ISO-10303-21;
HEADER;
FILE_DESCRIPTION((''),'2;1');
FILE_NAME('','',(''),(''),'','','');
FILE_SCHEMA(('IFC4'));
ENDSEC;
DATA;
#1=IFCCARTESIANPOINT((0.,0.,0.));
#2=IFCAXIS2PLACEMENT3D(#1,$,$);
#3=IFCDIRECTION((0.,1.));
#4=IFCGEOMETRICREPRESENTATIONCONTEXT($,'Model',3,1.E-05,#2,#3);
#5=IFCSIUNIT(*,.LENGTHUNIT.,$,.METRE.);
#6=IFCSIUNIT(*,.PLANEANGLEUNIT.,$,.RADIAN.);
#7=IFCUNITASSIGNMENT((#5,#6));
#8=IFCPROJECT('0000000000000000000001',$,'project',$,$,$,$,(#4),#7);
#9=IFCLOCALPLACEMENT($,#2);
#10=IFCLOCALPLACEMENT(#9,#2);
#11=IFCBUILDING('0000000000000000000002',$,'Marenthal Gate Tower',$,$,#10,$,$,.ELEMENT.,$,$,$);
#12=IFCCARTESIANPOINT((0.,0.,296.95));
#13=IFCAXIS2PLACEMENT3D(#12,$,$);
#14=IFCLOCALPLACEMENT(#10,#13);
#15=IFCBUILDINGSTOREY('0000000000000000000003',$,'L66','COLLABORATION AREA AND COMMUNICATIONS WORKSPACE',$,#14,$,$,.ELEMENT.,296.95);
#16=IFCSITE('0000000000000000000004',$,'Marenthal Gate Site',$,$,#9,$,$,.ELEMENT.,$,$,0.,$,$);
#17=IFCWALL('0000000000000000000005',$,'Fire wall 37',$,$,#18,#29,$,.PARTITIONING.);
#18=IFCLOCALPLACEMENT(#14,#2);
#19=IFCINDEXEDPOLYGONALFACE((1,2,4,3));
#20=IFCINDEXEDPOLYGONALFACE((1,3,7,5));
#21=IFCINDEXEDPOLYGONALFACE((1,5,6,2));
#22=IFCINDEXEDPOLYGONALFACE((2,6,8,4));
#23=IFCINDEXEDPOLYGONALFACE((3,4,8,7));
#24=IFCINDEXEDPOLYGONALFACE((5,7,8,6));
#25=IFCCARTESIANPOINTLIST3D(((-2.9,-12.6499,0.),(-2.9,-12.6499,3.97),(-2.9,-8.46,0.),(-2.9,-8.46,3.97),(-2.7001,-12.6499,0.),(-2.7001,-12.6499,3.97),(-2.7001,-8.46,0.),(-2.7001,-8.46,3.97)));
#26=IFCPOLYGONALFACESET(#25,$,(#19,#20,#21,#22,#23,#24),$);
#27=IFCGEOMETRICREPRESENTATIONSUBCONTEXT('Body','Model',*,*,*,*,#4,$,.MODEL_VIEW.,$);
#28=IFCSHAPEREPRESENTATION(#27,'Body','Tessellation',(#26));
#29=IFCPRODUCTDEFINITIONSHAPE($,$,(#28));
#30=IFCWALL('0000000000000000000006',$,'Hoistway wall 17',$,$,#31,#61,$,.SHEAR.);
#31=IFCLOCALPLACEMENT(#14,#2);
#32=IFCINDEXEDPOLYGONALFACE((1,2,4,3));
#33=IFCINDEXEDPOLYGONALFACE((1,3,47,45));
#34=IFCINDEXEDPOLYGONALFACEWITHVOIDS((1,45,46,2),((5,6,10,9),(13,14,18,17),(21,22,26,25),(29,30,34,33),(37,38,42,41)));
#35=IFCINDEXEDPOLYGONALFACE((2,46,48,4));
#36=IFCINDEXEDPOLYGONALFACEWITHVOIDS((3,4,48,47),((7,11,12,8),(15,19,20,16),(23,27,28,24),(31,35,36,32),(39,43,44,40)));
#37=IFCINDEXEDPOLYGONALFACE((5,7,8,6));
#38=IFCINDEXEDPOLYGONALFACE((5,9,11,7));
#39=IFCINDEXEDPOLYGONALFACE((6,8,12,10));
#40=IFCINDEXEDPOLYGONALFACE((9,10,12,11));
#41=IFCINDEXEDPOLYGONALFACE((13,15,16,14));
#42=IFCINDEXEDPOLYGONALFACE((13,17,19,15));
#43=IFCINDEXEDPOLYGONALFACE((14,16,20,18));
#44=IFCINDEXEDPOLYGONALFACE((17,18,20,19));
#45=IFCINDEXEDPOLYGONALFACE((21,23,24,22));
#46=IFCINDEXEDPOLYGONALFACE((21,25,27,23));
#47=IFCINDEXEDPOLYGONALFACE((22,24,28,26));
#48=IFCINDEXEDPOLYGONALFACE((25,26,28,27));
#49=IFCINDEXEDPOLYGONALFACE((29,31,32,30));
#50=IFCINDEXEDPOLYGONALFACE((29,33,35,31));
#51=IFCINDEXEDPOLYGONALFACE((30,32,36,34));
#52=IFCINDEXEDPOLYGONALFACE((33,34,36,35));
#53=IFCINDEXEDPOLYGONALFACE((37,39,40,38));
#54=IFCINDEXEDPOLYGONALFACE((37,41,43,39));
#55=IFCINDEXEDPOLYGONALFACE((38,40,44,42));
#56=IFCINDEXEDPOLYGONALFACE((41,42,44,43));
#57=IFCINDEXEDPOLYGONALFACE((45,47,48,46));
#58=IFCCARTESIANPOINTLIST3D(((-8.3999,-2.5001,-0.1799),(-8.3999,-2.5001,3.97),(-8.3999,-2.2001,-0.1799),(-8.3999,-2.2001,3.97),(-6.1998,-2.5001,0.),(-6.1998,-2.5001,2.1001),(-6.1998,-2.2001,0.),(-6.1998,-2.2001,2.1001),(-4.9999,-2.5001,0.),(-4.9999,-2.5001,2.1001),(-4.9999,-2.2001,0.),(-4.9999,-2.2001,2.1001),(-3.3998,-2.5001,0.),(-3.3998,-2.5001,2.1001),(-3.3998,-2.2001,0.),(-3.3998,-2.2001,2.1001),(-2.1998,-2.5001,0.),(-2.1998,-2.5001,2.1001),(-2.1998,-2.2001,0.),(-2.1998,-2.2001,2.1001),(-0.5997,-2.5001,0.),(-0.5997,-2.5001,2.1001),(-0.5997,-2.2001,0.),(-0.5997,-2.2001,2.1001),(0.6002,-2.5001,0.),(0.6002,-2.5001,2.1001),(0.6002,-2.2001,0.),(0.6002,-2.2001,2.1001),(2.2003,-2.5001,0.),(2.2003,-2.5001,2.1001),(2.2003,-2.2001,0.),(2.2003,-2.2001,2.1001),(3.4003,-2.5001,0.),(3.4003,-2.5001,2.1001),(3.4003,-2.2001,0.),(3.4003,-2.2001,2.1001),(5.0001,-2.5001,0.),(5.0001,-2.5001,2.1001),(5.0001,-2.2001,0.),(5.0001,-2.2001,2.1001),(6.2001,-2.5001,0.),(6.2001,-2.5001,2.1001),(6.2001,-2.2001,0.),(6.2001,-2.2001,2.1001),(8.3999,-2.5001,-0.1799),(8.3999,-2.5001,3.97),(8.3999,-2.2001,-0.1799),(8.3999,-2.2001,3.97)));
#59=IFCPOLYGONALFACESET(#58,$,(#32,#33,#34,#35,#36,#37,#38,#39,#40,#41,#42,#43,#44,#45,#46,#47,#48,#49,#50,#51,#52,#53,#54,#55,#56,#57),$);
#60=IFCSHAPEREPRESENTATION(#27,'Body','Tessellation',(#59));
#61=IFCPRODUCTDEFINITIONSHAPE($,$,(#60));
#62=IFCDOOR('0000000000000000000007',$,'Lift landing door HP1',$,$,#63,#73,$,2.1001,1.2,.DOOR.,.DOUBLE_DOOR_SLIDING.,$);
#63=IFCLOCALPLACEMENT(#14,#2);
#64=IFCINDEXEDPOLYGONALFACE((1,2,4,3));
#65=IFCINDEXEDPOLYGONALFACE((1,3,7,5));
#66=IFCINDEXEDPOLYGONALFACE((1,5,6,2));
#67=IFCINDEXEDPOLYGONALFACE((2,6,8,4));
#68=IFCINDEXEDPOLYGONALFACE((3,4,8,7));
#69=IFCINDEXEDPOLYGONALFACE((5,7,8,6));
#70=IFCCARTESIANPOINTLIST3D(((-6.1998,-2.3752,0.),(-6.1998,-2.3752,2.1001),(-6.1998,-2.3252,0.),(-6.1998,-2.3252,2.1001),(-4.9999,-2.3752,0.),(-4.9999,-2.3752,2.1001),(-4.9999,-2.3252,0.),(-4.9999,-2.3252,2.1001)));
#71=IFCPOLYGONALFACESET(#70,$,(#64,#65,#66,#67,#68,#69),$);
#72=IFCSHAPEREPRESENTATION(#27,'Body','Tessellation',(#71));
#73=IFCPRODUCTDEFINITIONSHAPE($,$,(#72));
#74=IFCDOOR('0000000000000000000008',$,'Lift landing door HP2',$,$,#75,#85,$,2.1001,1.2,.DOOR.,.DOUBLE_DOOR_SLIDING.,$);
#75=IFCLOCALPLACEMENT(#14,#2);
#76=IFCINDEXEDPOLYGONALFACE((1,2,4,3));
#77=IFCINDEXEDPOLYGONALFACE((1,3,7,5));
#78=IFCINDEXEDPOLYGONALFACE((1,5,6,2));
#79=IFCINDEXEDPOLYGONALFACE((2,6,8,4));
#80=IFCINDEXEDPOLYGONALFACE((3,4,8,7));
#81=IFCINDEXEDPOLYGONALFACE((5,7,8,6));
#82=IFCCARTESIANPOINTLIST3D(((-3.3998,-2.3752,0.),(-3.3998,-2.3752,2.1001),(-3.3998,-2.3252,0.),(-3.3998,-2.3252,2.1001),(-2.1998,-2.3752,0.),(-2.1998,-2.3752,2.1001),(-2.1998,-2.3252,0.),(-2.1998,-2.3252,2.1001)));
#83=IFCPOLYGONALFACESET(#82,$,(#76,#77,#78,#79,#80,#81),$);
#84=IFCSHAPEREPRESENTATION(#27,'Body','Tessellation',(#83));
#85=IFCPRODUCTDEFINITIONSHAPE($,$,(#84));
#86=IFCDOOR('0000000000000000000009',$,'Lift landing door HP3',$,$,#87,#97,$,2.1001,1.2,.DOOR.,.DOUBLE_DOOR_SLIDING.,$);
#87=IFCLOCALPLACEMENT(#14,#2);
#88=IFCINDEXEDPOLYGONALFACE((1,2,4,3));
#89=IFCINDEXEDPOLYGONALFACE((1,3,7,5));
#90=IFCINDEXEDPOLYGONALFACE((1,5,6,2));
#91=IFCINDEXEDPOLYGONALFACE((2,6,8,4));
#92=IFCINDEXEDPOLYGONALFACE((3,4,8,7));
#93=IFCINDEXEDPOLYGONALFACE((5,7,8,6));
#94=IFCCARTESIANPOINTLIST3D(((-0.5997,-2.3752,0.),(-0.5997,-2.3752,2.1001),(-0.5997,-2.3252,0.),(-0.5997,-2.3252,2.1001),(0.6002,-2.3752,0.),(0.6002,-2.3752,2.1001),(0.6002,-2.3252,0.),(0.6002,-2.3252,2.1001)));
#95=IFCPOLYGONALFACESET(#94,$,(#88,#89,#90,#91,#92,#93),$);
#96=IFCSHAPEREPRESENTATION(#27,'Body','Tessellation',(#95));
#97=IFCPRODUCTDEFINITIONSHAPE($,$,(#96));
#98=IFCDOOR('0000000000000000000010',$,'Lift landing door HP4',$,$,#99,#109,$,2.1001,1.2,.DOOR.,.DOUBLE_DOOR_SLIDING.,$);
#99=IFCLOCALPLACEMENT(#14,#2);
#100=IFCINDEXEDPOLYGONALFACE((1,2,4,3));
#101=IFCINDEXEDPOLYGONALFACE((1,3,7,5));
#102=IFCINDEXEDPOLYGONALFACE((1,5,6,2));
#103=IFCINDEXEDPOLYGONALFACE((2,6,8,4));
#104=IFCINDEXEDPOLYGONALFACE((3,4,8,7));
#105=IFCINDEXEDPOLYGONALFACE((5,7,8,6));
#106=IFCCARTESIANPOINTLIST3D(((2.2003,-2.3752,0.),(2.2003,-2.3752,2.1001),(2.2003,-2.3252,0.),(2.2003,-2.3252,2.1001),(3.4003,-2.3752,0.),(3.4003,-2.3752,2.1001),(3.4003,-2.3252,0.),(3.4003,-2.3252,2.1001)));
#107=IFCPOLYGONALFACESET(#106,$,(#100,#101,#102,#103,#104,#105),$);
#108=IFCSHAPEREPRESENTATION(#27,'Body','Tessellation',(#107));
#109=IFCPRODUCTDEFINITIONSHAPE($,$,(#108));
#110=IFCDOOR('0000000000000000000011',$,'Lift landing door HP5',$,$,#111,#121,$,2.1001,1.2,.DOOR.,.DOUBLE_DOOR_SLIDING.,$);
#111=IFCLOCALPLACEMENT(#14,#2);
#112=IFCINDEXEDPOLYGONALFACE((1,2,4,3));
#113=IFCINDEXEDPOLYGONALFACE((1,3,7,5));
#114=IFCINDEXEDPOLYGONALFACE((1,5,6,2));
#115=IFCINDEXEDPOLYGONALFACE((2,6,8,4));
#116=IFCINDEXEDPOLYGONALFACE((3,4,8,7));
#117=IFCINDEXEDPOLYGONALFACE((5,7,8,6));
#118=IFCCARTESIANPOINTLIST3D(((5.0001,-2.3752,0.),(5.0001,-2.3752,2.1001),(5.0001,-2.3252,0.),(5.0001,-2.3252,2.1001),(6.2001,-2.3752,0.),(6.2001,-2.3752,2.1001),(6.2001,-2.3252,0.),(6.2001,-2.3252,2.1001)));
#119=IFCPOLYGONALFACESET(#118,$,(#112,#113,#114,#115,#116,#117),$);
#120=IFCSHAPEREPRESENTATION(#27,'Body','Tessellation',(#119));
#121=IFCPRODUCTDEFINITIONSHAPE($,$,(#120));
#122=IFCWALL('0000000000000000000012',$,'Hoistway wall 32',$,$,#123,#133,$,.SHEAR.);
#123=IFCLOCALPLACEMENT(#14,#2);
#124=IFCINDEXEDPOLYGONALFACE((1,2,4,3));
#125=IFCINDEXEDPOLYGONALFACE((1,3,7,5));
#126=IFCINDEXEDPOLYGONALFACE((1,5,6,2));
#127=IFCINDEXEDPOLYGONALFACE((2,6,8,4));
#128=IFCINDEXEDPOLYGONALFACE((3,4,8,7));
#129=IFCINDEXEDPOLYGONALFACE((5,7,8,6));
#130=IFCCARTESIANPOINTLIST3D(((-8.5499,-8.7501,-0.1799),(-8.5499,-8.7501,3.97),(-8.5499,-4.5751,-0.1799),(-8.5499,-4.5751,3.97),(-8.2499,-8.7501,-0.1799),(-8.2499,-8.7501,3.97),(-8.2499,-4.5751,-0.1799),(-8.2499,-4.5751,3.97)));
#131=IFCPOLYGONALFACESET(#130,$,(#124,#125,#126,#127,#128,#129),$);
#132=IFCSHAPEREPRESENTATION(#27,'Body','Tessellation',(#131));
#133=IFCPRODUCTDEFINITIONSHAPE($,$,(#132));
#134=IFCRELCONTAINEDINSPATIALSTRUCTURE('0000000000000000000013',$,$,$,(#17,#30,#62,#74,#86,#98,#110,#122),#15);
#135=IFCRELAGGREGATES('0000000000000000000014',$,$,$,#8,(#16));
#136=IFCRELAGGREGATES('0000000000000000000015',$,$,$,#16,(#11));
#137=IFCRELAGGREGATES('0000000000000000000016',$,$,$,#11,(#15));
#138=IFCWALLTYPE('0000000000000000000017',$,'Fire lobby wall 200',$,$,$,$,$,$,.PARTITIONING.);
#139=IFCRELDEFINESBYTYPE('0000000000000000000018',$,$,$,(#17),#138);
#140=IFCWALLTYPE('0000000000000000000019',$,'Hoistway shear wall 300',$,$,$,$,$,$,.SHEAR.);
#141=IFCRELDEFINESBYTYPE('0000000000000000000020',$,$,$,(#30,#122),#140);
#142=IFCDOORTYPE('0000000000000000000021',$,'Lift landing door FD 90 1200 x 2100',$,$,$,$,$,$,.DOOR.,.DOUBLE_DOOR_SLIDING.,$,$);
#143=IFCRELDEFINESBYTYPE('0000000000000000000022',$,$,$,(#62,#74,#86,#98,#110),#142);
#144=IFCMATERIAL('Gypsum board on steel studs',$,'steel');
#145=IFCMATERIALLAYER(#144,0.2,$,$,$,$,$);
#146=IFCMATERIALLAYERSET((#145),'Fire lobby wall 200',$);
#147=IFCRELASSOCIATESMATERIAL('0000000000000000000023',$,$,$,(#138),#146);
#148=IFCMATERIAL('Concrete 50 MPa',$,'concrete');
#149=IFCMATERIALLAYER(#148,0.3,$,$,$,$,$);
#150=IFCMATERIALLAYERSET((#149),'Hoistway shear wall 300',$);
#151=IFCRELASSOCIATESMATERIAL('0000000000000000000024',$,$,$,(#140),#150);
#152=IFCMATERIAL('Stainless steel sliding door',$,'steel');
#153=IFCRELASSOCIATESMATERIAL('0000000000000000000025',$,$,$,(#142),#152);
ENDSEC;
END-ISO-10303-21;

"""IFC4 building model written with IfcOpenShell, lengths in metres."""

from ifc_helpers import new_model, si_unit, direction, frame, frame_2d, origin, place, context, subcontext, project, spatial, rectangle, extrude, material, layer, layer_set, type_object, element, fill, save


model = new_model("IFC4")

# Units and contexts
model_context = context("Model", 3, precision=1e-05, world=origin(), true_north=direction((0.0, 1.0)))
body_context = subcontext(model_context, "Body", "Model", "MODEL_VIEW")
ifc_project = project(units=[si_unit("LENGTHUNIT", "METRE"), si_unit("PLANEANGLEUNIT", "RADIAN")], contexts=[model_context])

# Site, building, storey
site_placement = place(None, origin())
site = spatial("IfcSite", under=ifc_project, at=site_placement, Name="Marenthal Gate Site", CompositionType="ELEMENT", RefElevation=0.0)
building_placement = place(site_placement, origin())
building = spatial("IfcBuilding", under=site, at=building_placement, Name="Marenthal Gate Tower", CompositionType="ELEMENT")
storey_placement = place(building_placement, frame((0.0, 0.0, 296.95)))
storey = spatial("IfcBuildingStorey", under=building, at=storey_placement, Name="L66", Description="COLLABORATION AREA AND COMMUNICATIONS WORKSPACE", CompositionType="ELEMENT", Elevation=296.95)

# Wall
ifc_material_1 = material(Name="Gypsum board on steel studs", Category="steel")
ifc_layer_1 = layer(ifc_material_1, 0.2)
ifc_layer_set_1 = layer_set([ifc_layer_1], Name="Fire lobby wall 200")
wall_type_1 = type_object("IfcWallType", Name="Fire lobby wall 200", PredefinedType="PARTITIONING", material=ifc_layer_set_1)
wall_1_placement = place(storey_placement, frame((-2.8, -12.6499, 0.0), z_axis=(0.0, 0.0, 1.0), x_axis=(0.0, 1.0, 0.0)))
element("IfcWall", 1, at=wall_1_placement, inside=storey, type_object=wall_type_1, Name="Fire wall 37", PredefinedType="PARTITIONING", context=body_context, shape_type="SweptSolid", body=[
    extrude(rectangle(XDim=4.1899, YDim=0.2, at=frame_2d((2.095, 0.0))), origin(), (0.0, 0.0, 1.0), 3.97),
])

# Wall, openings, doors
ifc_material_2 = material(Name="Concrete 50 MPa", Category="concrete")
ifc_layer_2 = layer(ifc_material_2, 0.3)
ifc_layer_set_2 = layer_set([ifc_layer_2], Name="Hoistway shear wall 300")
wall_type_2 = type_object("IfcWallType", Name="Hoistway shear wall 300", PredefinedType="SHEAR", material=ifc_layer_set_2)
wall_2_placement = place(storey_placement, frame((-8.3999, -2.3501, -0.1799), z_axis=(0.0, 0.0, 1.0), x_axis=(1.0, 0.0, 0.0)))
wall_2 = element("IfcWall", 2, at=wall_2_placement, inside=storey, type_object=wall_type_2, Name="Hoistway wall 17", PredefinedType="SHEAR", context=body_context, shape_type="SweptSolid", body=[
    extrude(rectangle(XDim=16.7998, YDim=0.3, at=frame_2d((8.3999, 0.0))), origin(), (0.0, 0.0, 1.0), 4.1499),
])
opening_1_placement = place(wall_2_placement, frame((2.2, 0.0, 0.1799)))
opening_1 = element("IfcOpeningElement", 3, at=opening_1_placement, cuts=wall_2, PredefinedType="OPENING", context=body_context, shape_type="SweptSolid", body=[
    extrude(rectangle(XDim=1.2, YDim=2.1001, at=frame_2d((0.6001, 1.05))), frame((0.0, 0.1602, 0.0), z_axis=(0.0, -1.0, 0.0), x_axis=(1.0, 0.0, 0.0)), (0.0, 0.0, 1.0), 0.3201),
])
opening_2_placement = place(wall_2_placement, frame((5.0, 0.0, 0.1799)))
opening_2 = element("IfcOpeningElement", 4, at=opening_2_placement, cuts=wall_2, PredefinedType="OPENING", context=body_context, shape_type="SweptSolid", body=[
    extrude(rectangle(XDim=1.2, YDim=2.1001, at=frame_2d((0.6001, 1.05))), frame((0.0, 0.1602, 0.0), z_axis=(0.0, -1.0, 0.0), x_axis=(1.0, 0.0, 0.0)), (0.0, 0.0, 1.0), 0.3201),
])
opening_3_placement = place(wall_2_placement, frame((7.8, 0.0, 0.1799)))
opening_3 = element("IfcOpeningElement", 5, at=opening_3_placement, cuts=wall_2, PredefinedType="OPENING", context=body_context, shape_type="SweptSolid", body=[
    extrude(rectangle(XDim=1.2, YDim=2.1001, at=frame_2d((0.6001, 1.05))), frame((0.0, 0.1602, 0.0), z_axis=(0.0, -1.0, 0.0), x_axis=(1.0, 0.0, 0.0)), (0.0, 0.0, 1.0), 0.3201),
])
opening_4_placement = place(wall_2_placement, frame((10.6001, 0.0, 0.1799)))
opening_4 = element("IfcOpeningElement", 6, at=opening_4_placement, cuts=wall_2, PredefinedType="OPENING", context=body_context, shape_type="SweptSolid", body=[
    extrude(rectangle(XDim=1.2, YDim=2.1001, at=frame_2d((0.6001, 1.05))), frame((0.0, 0.1602, 0.0), z_axis=(0.0, -1.0, 0.0), x_axis=(1.0, 0.0, 0.0)), (0.0, 0.0, 1.0), 0.3201),
])
opening_5_placement = place(wall_2_placement, frame((13.3999, 0.0, 0.1799)))
opening_5 = element("IfcOpeningElement", 7, at=opening_5_placement, cuts=wall_2, PredefinedType="OPENING", context=body_context, shape_type="SweptSolid", body=[
    extrude(rectangle(XDim=1.2, YDim=2.1001, at=frame_2d((0.6001, 1.05))), frame((0.0, 0.1602, 0.0), z_axis=(0.0, -1.0, 0.0), x_axis=(1.0, 0.0, 0.0)), (0.0, 0.0, 1.0), 0.3201),
])
ifc_material_3 = material(Name="Stainless steel sliding door", Category="steel")
door_type_1 = type_object("IfcDoorType", Name="Lift landing door FD 90 1200 x 2100", OperationType="DOUBLE_DOOR_SLIDING", PredefinedType="DOOR", material=ifc_material_3)
door_1_placement = place(opening_1_placement, origin())
door_1 = element("IfcDoor", 8, at=door_1_placement, inside=storey, type_object=door_type_1, Name="Lift landing door HP1", OperationType="DOUBLE_DOOR_SLIDING", OverallHeight=2.1001, OverallWidth=1.2, PredefinedType="DOOR", context=body_context, shape_type="SweptSolid", body=[
    extrude(rectangle(XDim=1.2, YDim=2.1001, at=frame_2d((0.6001, 1.05))), frame((0.0, 0.0249, 0.0), z_axis=(0.0, -1.0, 0.0), x_axis=(1.0, 0.0, 0.0)), (0.0, 0.0, 1.0), 0.05),
])
fill(opening_1, door_1)
door_2_placement = place(opening_2_placement, origin())
door_2 = element("IfcDoor", 9, at=door_2_placement, inside=storey, type_object=door_type_1, Name="Lift landing door HP2", OperationType="DOUBLE_DOOR_SLIDING", OverallHeight=2.1001, OverallWidth=1.2, PredefinedType="DOOR", context=body_context, shape_type="SweptSolid", body=[
    extrude(rectangle(XDim=1.2, YDim=2.1001, at=frame_2d((0.6001, 1.05))), frame((0.0, 0.0249, 0.0), z_axis=(0.0, -1.0, 0.0), x_axis=(1.0, 0.0, 0.0)), (0.0, 0.0, 1.0), 0.05),
])
fill(opening_2, door_2)
door_3_placement = place(opening_3_placement, origin())
door_3 = element("IfcDoor", 10, at=door_3_placement, inside=storey, type_object=door_type_1, Name="Lift landing door HP3", OperationType="DOUBLE_DOOR_SLIDING", OverallHeight=2.1001, OverallWidth=1.2, PredefinedType="DOOR", context=body_context, shape_type="SweptSolid", body=[
    extrude(rectangle(XDim=1.2, YDim=2.1001, at=frame_2d((0.6001, 1.05))), frame((0.0, 0.0249, 0.0), z_axis=(0.0, -1.0, 0.0), x_axis=(1.0, 0.0, 0.0)), (0.0, 0.0, 1.0), 0.05),
])
fill(opening_3, door_3)
door_4_placement = place(opening_4_placement, origin())
door_4 = element("IfcDoor", 11, at=door_4_placement, inside=storey, type_object=door_type_1, Name="Lift landing door HP4", OperationType="DOUBLE_DOOR_SLIDING", OverallHeight=2.1001, OverallWidth=1.2, PredefinedType="DOOR", context=body_context, shape_type="SweptSolid", body=[
    extrude(rectangle(XDim=1.2, YDim=2.1001, at=frame_2d((0.6001, 1.05))), frame((0.0, 0.0249, 0.0), z_axis=(0.0, -1.0, 0.0), x_axis=(1.0, 0.0, 0.0)), (0.0, 0.0, 1.0), 0.05),
])
fill(opening_4, door_4)
door_5_placement = place(opening_5_placement, origin())
door_5 = element("IfcDoor", 12, at=door_5_placement, inside=storey, type_object=door_type_1, Name="Lift landing door HP5", OperationType="DOUBLE_DOOR_SLIDING", OverallHeight=2.1001, OverallWidth=1.2, PredefinedType="DOOR", context=body_context, shape_type="SweptSolid", body=[
    extrude(rectangle(XDim=1.2, YDim=2.1001, at=frame_2d((0.6001, 1.05))), frame((0.0, 0.0249, 0.0), z_axis=(0.0, -1.0, 0.0), x_axis=(1.0, 0.0, 0.0)), (0.0, 0.0, 1.0), 0.05),
])
fill(opening_5, door_5)

# Wall
wall_3_placement = place(storey_placement, frame((-8.3999, -8.75, -0.1799), z_axis=(0.0, 0.0, 1.0), x_axis=(0.0, 1.0, 0.0)))
element("IfcWall", 13, at=wall_3_placement, inside=storey, type_object=wall_type_2, Name="Hoistway wall 32", PredefinedType="SHEAR", context=body_context, shape_type="SweptSolid", body=[
    extrude(rectangle(XDim=4.175, YDim=0.3, at=frame_2d((2.0874, 0.0))), origin(), (0.0, 0.0, 1.0), 4.1499),
])

save(model, "model.ifc")
